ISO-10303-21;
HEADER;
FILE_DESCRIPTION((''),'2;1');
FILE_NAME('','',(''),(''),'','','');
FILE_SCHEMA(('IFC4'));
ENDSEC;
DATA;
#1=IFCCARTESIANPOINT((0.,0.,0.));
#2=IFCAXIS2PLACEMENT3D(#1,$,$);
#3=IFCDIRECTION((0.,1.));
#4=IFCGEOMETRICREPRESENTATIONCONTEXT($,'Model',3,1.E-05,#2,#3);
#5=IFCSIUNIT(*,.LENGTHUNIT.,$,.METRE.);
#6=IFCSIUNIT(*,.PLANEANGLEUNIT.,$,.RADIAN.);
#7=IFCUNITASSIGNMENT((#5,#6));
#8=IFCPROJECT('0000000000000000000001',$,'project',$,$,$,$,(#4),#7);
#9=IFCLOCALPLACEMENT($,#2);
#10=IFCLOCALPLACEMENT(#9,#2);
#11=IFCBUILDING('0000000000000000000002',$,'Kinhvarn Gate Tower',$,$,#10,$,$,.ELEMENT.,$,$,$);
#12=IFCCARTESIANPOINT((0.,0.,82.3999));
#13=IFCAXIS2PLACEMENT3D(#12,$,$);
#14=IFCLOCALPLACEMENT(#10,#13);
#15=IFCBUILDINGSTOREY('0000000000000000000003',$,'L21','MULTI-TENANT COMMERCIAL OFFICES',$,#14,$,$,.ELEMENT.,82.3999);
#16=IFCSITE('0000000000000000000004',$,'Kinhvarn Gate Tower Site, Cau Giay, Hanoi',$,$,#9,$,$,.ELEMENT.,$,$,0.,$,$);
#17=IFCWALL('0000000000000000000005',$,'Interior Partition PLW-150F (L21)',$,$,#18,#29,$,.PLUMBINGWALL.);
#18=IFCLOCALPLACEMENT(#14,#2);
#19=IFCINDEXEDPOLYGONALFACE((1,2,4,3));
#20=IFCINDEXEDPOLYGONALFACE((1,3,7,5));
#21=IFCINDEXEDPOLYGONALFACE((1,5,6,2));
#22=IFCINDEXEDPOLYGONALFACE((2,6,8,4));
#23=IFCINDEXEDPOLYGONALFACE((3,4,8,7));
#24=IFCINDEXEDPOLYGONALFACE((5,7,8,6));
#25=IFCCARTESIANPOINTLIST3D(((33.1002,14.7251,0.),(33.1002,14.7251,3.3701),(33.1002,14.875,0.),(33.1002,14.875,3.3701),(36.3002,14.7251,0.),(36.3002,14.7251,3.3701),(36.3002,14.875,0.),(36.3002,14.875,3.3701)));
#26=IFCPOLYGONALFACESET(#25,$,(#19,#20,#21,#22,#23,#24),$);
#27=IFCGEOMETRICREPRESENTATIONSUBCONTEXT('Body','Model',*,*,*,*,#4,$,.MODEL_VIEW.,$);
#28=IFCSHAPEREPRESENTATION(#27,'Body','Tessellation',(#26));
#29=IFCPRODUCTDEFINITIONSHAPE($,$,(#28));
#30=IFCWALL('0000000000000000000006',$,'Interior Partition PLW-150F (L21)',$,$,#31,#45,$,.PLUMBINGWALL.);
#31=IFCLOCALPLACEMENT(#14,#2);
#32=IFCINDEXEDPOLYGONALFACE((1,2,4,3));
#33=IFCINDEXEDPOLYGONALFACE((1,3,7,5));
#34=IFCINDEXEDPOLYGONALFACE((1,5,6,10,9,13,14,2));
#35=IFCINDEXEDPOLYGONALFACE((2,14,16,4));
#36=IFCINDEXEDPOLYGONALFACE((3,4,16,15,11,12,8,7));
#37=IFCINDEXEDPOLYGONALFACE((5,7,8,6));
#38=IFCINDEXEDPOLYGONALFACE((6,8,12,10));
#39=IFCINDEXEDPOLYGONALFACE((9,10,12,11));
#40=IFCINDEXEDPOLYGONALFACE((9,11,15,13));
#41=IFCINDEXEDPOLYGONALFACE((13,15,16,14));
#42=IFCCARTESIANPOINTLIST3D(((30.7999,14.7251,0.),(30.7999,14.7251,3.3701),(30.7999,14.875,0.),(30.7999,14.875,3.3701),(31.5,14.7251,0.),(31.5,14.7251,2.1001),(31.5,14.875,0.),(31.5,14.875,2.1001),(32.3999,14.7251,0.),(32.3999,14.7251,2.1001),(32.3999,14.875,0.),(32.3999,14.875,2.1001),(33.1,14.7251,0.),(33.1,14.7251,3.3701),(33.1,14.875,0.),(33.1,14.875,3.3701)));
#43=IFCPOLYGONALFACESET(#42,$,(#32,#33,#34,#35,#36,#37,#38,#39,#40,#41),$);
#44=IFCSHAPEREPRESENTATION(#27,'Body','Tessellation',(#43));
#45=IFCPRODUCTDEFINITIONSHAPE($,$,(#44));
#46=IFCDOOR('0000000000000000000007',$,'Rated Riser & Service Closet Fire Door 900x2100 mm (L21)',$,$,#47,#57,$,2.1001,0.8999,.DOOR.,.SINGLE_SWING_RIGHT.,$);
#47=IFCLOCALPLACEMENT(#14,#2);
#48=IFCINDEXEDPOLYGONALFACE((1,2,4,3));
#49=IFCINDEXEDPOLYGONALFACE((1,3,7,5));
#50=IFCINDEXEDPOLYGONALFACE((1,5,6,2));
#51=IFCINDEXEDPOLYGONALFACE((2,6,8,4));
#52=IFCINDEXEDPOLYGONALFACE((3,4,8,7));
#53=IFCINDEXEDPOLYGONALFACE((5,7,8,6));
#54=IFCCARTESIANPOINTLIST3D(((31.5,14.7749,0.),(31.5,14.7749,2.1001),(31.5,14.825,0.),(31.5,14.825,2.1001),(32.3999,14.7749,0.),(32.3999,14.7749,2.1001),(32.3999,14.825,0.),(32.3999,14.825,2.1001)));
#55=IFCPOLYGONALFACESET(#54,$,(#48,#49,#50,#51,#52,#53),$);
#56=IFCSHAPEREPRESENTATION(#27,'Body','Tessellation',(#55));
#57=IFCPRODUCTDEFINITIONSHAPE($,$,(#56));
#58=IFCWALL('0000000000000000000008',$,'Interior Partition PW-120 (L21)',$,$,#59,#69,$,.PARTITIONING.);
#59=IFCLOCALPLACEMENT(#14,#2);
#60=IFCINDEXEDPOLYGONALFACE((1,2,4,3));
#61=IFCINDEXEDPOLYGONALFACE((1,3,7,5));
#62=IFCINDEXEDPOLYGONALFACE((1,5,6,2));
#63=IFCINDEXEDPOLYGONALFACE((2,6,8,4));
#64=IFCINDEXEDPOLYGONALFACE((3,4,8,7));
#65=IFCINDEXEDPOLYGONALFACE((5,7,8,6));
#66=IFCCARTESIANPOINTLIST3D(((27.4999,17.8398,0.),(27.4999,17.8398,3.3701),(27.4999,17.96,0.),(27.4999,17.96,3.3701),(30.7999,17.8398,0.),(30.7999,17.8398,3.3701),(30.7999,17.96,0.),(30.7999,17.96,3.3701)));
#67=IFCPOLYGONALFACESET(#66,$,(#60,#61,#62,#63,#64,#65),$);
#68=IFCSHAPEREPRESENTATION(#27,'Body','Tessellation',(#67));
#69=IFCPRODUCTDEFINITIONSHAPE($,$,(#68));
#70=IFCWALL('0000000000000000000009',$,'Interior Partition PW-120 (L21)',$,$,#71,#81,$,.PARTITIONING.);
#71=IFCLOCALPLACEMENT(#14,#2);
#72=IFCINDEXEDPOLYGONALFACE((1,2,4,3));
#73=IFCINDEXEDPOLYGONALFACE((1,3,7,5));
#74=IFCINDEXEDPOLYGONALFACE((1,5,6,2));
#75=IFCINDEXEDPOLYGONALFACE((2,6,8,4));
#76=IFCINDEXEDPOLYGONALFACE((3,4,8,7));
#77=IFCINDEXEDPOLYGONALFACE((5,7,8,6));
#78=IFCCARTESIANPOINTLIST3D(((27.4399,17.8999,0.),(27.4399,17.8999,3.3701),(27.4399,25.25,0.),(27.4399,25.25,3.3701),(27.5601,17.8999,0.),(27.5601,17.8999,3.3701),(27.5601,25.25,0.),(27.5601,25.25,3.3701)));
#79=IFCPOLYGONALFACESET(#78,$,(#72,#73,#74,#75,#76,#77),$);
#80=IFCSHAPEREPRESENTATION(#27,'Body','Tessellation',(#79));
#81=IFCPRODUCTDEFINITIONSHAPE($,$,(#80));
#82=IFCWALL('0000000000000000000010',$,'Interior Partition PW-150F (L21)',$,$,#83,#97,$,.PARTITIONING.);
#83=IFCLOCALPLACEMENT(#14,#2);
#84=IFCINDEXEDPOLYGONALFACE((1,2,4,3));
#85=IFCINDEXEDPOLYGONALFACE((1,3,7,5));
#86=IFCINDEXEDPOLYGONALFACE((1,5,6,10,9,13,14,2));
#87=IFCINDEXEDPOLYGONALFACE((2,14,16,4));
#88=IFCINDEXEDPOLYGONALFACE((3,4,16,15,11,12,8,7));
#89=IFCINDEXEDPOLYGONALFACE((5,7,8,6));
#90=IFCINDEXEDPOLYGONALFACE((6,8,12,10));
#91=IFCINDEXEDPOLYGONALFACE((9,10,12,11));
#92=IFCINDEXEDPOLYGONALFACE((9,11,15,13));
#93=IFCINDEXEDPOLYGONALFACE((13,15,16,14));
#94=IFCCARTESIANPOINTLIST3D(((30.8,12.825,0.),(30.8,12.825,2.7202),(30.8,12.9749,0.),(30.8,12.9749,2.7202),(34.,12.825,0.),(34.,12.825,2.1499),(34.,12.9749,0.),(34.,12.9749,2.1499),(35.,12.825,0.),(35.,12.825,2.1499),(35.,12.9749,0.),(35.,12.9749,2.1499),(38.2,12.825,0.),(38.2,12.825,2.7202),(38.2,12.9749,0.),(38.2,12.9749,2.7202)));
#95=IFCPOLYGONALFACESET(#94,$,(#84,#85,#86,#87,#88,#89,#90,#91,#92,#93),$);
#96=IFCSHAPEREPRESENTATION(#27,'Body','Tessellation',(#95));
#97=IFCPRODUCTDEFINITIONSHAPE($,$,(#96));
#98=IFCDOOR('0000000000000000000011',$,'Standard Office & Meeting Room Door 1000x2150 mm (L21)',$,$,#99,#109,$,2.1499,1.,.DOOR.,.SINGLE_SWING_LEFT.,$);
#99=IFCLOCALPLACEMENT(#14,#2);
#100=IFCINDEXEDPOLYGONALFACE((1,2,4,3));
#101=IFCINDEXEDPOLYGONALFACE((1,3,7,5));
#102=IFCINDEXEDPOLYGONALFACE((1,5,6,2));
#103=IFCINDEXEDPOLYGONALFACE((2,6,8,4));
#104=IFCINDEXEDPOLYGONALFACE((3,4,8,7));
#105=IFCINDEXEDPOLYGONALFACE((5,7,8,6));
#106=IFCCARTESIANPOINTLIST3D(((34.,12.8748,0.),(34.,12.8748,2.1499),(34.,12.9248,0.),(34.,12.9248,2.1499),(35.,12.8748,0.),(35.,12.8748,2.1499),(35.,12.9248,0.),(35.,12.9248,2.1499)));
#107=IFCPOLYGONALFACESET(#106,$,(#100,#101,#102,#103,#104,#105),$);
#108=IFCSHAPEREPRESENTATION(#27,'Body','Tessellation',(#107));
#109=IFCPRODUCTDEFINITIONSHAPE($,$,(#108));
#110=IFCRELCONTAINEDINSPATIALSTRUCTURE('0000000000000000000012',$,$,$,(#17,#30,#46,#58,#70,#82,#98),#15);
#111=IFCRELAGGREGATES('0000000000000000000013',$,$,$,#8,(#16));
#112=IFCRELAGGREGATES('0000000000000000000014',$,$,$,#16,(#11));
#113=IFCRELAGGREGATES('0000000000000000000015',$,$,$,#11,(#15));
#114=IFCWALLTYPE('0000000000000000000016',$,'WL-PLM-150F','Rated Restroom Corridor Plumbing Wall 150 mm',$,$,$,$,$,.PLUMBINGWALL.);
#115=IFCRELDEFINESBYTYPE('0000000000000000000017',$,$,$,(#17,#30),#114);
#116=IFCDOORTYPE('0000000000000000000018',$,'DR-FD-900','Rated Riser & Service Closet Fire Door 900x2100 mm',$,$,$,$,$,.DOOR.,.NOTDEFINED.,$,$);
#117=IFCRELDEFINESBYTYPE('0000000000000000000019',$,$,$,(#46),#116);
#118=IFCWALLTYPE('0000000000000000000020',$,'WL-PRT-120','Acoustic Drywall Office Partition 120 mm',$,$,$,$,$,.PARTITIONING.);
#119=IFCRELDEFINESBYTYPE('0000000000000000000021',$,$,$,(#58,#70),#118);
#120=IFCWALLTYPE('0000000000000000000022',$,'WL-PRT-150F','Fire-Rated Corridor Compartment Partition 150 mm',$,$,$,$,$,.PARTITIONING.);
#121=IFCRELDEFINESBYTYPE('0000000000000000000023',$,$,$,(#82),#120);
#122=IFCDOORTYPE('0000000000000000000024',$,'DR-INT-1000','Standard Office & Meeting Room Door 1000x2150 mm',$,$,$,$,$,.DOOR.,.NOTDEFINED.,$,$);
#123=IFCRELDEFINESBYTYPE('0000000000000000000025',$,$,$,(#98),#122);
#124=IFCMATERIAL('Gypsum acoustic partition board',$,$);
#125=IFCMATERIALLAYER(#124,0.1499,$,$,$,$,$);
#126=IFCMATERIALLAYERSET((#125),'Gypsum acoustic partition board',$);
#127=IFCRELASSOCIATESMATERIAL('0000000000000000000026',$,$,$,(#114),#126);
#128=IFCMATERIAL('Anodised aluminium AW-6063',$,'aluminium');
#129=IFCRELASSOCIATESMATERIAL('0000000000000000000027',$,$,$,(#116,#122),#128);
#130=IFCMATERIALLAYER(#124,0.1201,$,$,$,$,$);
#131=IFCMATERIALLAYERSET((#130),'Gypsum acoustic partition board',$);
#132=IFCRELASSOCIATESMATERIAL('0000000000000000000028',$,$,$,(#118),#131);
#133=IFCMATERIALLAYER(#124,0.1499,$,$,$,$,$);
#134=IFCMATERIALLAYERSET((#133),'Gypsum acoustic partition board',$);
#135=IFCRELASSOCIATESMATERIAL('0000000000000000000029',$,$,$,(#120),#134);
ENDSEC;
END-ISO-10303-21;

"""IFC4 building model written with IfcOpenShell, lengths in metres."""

from ifc_helpers import new_model, si_unit, direction, frame, frame_2d, origin, place, context, subcontext, project, spatial, rectangle, extrude, material, layer, layer_set, type_object, element, fill, save


model = new_model("IFC4")

# Units and contexts
model_context = context("Model", 3, precision=1e-05, world=origin(), true_north=direction((0.0, 1.0)))
body_context = subcontext(model_context, "Body", "Model", "MODEL_VIEW")
ifc_project = project(units=[si_unit("LENGTHUNIT", "METRE"), si_unit("PLANEANGLEUNIT", "RADIAN")], contexts=[model_context])

# Site, building, storey
site_placement = place(None, origin())
site = spatial("IfcSite", under=ifc_project, at=site_placement, Name="Kinhvarn Gate Tower Site, Cau Giay, Hanoi", CompositionType="ELEMENT", RefElevation=0.0)
building_placement = place(site_placement, origin())
building = spatial("IfcBuilding", under=site, at=building_placement, Name="Kinhvarn Gate Tower", CompositionType="ELEMENT")
storey_placement = place(building_placement, frame((0.0, 0.0, 82.3999)))
storey = spatial("IfcBuildingStorey", under=building, at=storey_placement, Name="L21", Description="MULTI-TENANT COMMERCIAL OFFICES", CompositionType="ELEMENT", Elevation=82.3999)

# Wall
ifc_material_1 = material(Name="Gypsum acoustic partition board")
ifc_layer_1 = layer(ifc_material_1, 0.1499)
ifc_layer_set_1 = layer_set([ifc_layer_1], Name="Gypsum acoustic partition board")
wall_type_1 = type_object("IfcWallType", Name="WL-PLM-150F", Description="Rated Restroom Corridor Plumbing Wall 150 mm", PredefinedType="PLUMBINGWALL", material=ifc_layer_set_1)
wall_1_placement = place(storey_placement, frame((33.1001, 14.8, 0.0), z_axis=(0.0, 0.0, 1.0), x_axis=(1.0, 0.0, 0.0)))
element("IfcWall", 1, at=wall_1_placement, inside=storey, type_object=wall_type_1, Name="Interior Partition PLW-150F (L21)", PredefinedType="PLUMBINGWALL", context=body_context, shape_type="SweptSolid", body=[
    extrude(rectangle(XDim=3.2, YDim=0.1499, at=frame_2d((1.6001, 0.0))), origin(), (0.0, 0.0, 1.0), 3.3701),
])

# Wall, opening, door
wall_2_placement = place(storey_placement, frame((30.8, 14.8, 0.0), z_axis=(0.0, 0.0, 1.0), x_axis=(1.0, 0.0, 0.0)))
wall_2 = element("IfcWall", 2, at=wall_2_placement, inside=storey, type_object=wall_type_1, Name="Interior Partition PLW-150F (L21)", PredefinedType="PLUMBINGWALL", context=body_context, shape_type="SweptSolid", body=[
    extrude(rectangle(XDim=2.3, YDim=0.1499, at=frame_2d((1.1499, 0.0))), origin(), (0.0, 0.0, 1.0), 3.3701),
])
opening_1_placement = place(wall_2_placement, frame((0.7, 0.0, 0.0)))
opening_1 = element("IfcOpeningElement", 3, at=opening_1_placement, cuts=wall_2, PredefinedType="OPENING", context=body_context, shape_type="SweptSolid", body=[
    extrude(rectangle(XDim=0.8999, YDim=2.1001, at=frame_2d((0.45, 1.05))), frame((0.0, 0.085, 0.0), z_axis=(0.0, -1.0, 0.0), x_axis=(1.0, 0.0, 0.0)), (0.0, 0.0, 1.0), 0.1699),
])
ifc_material_2 = material(Name="Anodised aluminium AW-6063", Category="aluminium")
door_type_1 = type_object("IfcDoorType", Name="DR-FD-900", Description="Rated Riser & Service Closet Fire Door 900x2100 mm", OperationType="NOTDEFINED", PredefinedType="DOOR", material=ifc_material_2)
door_1_placement = place(opening_1_placement, origin())
door_1 = element("IfcDoor", 4, at=door_1_placement, inside=storey, type_object=door_type_1, Name="Rated Riser & Service Closet Fire Door 900x2100 mm (L21)", OperationType="SINGLE_SWING_RIGHT", OverallHeight=2.1001, OverallWidth=0.8999, PredefinedType="DOOR", context=body_context, shape_type="SweptSolid", body=[
    extrude(rectangle(XDim=0.8999, YDim=2.1001, at=frame_2d((0.45, 1.05))), frame((0.0, 0.0249, 0.0), z_axis=(0.0, -1.0, 0.0), x_axis=(1.0, 0.0, 0.0)), (0.0, 0.0, 1.0), 0.05),
])
fill(opening_1, door_1)

# Walls
ifc_layer_2 = layer(ifc_material_1, 0.1201)
ifc_layer_set_2 = layer_set([ifc_layer_2], Name="Gypsum acoustic partition board")
wall_type_2 = type_object("IfcWallType", Name="WL-PRT-120", Description="Acoustic Drywall Office Partition 120 mm", PredefinedType="PARTITIONING", material=ifc_layer_set_2)
wall_3_placement = place(storey_placement, frame((27.5, 17.8999, 0.0), z_axis=(0.0, 0.0, 1.0), x_axis=(1.0, 0.0, 0.0)))
element("IfcWall", 5, at=wall_3_placement, inside=storey, type_object=wall_type_2, Name="Interior Partition PW-120 (L21)", PredefinedType="PARTITIONING", context=body_context, shape_type="SweptSolid", body=[
    extrude(rectangle(XDim=3.3, YDim=0.1201, at=frame_2d((1.6499, 0.0))), origin(), (0.0, 0.0, 1.0), 3.3701),
])
wall_4_placement = place(storey_placement, frame((27.5, 17.8999, 0.0), z_axis=(0.0, 0.0, 1.0), x_axis=(0.0, 1.0, 0.0)))
element("IfcWall", 6, at=wall_4_placement, inside=storey, type_object=wall_type_2, Name="Interior Partition PW-120 (L21)", PredefinedType="PARTITIONING", context=body_context, shape_type="SweptSolid", body=[
    extrude(rectangle(XDim=7.3501, YDim=0.1201, at=frame_2d((3.675, 0.0))), origin(), (0.0, 0.0, 1.0), 3.3701),
])

# Wall, opening, door
ifc_layer_3 = layer(ifc_material_1, 0.1499)
ifc_layer_set_3 = layer_set([ifc_layer_3], Name="Gypsum acoustic partition board")
wall_type_3 = type_object("IfcWallType", Name="WL-PRT-150F", Description="Fire-Rated Corridor Compartment Partition 150 mm", PredefinedType="PARTITIONING", material=ifc_layer_set_3)
door_type_2 = type_object("IfcDoorType", Name="DR-INT-1000", Description="Standard Office & Meeting Room Door 1000x2150 mm", OperationType="NOTDEFINED", PredefinedType="DOOR", material=ifc_material_2)
wall_5_placement = place(storey_placement, frame((30.8, 12.8999, 0.0), z_axis=(0.0, 0.0, 1.0), x_axis=(1.0, 0.0, 0.0)))
wall_5 = element("IfcWall", 7, at=wall_5_placement, inside=storey, type_object=wall_type_3, Name="Interior Partition PW-150F (L21)", PredefinedType="PARTITIONING", context=body_context, shape_type="SweptSolid", body=[
    extrude(rectangle(XDim=7.3999, YDim=0.1499, at=frame_2d((3.7, 0.0))), origin(), (0.0, 0.0, 1.0), 2.7202),
])
opening_2_placement = place(wall_5_placement, frame((3.2, 0.0, 0.0)))
opening_2 = element("IfcOpeningElement", 8, at=opening_2_placement, cuts=wall_5, PredefinedType="OPENING", context=body_context, shape_type="SweptSolid", body=[
    extrude(rectangle(XDim=1.0, YDim=2.1499, at=frame_2d((0.5, 1.075))), frame((0.0, 0.085, 0.0), z_axis=(0.0, -1.0, 0.0), x_axis=(1.0, 0.0, 0.0)), (0.0, 0.0, 1.0), 0.1699),
])
door_2_placement = place(opening_2_placement, origin())
door_2 = element("IfcDoor", 9, at=door_2_placement, inside=storey, type_object=door_type_2, Name="Standard Office & Meeting Room Door 1000x2150 mm (L21)", OperationType="SINGLE_SWING_LEFT", OverallHeight=2.1499, OverallWidth=1.0, PredefinedType="DOOR", context=body_context, shape_type="SweptSolid", body=[
    extrude(rectangle(XDim=1.0, YDim=2.1499, at=frame_2d((0.5, 1.075))), frame((0.0, 0.0249, 0.0), z_axis=(0.0, -1.0, 0.0), x_axis=(1.0, 0.0, 0.0)), (0.0, 0.0, 1.0), 0.05),
])
fill(opening_2, door_2)

save(model, "model.ifc")
